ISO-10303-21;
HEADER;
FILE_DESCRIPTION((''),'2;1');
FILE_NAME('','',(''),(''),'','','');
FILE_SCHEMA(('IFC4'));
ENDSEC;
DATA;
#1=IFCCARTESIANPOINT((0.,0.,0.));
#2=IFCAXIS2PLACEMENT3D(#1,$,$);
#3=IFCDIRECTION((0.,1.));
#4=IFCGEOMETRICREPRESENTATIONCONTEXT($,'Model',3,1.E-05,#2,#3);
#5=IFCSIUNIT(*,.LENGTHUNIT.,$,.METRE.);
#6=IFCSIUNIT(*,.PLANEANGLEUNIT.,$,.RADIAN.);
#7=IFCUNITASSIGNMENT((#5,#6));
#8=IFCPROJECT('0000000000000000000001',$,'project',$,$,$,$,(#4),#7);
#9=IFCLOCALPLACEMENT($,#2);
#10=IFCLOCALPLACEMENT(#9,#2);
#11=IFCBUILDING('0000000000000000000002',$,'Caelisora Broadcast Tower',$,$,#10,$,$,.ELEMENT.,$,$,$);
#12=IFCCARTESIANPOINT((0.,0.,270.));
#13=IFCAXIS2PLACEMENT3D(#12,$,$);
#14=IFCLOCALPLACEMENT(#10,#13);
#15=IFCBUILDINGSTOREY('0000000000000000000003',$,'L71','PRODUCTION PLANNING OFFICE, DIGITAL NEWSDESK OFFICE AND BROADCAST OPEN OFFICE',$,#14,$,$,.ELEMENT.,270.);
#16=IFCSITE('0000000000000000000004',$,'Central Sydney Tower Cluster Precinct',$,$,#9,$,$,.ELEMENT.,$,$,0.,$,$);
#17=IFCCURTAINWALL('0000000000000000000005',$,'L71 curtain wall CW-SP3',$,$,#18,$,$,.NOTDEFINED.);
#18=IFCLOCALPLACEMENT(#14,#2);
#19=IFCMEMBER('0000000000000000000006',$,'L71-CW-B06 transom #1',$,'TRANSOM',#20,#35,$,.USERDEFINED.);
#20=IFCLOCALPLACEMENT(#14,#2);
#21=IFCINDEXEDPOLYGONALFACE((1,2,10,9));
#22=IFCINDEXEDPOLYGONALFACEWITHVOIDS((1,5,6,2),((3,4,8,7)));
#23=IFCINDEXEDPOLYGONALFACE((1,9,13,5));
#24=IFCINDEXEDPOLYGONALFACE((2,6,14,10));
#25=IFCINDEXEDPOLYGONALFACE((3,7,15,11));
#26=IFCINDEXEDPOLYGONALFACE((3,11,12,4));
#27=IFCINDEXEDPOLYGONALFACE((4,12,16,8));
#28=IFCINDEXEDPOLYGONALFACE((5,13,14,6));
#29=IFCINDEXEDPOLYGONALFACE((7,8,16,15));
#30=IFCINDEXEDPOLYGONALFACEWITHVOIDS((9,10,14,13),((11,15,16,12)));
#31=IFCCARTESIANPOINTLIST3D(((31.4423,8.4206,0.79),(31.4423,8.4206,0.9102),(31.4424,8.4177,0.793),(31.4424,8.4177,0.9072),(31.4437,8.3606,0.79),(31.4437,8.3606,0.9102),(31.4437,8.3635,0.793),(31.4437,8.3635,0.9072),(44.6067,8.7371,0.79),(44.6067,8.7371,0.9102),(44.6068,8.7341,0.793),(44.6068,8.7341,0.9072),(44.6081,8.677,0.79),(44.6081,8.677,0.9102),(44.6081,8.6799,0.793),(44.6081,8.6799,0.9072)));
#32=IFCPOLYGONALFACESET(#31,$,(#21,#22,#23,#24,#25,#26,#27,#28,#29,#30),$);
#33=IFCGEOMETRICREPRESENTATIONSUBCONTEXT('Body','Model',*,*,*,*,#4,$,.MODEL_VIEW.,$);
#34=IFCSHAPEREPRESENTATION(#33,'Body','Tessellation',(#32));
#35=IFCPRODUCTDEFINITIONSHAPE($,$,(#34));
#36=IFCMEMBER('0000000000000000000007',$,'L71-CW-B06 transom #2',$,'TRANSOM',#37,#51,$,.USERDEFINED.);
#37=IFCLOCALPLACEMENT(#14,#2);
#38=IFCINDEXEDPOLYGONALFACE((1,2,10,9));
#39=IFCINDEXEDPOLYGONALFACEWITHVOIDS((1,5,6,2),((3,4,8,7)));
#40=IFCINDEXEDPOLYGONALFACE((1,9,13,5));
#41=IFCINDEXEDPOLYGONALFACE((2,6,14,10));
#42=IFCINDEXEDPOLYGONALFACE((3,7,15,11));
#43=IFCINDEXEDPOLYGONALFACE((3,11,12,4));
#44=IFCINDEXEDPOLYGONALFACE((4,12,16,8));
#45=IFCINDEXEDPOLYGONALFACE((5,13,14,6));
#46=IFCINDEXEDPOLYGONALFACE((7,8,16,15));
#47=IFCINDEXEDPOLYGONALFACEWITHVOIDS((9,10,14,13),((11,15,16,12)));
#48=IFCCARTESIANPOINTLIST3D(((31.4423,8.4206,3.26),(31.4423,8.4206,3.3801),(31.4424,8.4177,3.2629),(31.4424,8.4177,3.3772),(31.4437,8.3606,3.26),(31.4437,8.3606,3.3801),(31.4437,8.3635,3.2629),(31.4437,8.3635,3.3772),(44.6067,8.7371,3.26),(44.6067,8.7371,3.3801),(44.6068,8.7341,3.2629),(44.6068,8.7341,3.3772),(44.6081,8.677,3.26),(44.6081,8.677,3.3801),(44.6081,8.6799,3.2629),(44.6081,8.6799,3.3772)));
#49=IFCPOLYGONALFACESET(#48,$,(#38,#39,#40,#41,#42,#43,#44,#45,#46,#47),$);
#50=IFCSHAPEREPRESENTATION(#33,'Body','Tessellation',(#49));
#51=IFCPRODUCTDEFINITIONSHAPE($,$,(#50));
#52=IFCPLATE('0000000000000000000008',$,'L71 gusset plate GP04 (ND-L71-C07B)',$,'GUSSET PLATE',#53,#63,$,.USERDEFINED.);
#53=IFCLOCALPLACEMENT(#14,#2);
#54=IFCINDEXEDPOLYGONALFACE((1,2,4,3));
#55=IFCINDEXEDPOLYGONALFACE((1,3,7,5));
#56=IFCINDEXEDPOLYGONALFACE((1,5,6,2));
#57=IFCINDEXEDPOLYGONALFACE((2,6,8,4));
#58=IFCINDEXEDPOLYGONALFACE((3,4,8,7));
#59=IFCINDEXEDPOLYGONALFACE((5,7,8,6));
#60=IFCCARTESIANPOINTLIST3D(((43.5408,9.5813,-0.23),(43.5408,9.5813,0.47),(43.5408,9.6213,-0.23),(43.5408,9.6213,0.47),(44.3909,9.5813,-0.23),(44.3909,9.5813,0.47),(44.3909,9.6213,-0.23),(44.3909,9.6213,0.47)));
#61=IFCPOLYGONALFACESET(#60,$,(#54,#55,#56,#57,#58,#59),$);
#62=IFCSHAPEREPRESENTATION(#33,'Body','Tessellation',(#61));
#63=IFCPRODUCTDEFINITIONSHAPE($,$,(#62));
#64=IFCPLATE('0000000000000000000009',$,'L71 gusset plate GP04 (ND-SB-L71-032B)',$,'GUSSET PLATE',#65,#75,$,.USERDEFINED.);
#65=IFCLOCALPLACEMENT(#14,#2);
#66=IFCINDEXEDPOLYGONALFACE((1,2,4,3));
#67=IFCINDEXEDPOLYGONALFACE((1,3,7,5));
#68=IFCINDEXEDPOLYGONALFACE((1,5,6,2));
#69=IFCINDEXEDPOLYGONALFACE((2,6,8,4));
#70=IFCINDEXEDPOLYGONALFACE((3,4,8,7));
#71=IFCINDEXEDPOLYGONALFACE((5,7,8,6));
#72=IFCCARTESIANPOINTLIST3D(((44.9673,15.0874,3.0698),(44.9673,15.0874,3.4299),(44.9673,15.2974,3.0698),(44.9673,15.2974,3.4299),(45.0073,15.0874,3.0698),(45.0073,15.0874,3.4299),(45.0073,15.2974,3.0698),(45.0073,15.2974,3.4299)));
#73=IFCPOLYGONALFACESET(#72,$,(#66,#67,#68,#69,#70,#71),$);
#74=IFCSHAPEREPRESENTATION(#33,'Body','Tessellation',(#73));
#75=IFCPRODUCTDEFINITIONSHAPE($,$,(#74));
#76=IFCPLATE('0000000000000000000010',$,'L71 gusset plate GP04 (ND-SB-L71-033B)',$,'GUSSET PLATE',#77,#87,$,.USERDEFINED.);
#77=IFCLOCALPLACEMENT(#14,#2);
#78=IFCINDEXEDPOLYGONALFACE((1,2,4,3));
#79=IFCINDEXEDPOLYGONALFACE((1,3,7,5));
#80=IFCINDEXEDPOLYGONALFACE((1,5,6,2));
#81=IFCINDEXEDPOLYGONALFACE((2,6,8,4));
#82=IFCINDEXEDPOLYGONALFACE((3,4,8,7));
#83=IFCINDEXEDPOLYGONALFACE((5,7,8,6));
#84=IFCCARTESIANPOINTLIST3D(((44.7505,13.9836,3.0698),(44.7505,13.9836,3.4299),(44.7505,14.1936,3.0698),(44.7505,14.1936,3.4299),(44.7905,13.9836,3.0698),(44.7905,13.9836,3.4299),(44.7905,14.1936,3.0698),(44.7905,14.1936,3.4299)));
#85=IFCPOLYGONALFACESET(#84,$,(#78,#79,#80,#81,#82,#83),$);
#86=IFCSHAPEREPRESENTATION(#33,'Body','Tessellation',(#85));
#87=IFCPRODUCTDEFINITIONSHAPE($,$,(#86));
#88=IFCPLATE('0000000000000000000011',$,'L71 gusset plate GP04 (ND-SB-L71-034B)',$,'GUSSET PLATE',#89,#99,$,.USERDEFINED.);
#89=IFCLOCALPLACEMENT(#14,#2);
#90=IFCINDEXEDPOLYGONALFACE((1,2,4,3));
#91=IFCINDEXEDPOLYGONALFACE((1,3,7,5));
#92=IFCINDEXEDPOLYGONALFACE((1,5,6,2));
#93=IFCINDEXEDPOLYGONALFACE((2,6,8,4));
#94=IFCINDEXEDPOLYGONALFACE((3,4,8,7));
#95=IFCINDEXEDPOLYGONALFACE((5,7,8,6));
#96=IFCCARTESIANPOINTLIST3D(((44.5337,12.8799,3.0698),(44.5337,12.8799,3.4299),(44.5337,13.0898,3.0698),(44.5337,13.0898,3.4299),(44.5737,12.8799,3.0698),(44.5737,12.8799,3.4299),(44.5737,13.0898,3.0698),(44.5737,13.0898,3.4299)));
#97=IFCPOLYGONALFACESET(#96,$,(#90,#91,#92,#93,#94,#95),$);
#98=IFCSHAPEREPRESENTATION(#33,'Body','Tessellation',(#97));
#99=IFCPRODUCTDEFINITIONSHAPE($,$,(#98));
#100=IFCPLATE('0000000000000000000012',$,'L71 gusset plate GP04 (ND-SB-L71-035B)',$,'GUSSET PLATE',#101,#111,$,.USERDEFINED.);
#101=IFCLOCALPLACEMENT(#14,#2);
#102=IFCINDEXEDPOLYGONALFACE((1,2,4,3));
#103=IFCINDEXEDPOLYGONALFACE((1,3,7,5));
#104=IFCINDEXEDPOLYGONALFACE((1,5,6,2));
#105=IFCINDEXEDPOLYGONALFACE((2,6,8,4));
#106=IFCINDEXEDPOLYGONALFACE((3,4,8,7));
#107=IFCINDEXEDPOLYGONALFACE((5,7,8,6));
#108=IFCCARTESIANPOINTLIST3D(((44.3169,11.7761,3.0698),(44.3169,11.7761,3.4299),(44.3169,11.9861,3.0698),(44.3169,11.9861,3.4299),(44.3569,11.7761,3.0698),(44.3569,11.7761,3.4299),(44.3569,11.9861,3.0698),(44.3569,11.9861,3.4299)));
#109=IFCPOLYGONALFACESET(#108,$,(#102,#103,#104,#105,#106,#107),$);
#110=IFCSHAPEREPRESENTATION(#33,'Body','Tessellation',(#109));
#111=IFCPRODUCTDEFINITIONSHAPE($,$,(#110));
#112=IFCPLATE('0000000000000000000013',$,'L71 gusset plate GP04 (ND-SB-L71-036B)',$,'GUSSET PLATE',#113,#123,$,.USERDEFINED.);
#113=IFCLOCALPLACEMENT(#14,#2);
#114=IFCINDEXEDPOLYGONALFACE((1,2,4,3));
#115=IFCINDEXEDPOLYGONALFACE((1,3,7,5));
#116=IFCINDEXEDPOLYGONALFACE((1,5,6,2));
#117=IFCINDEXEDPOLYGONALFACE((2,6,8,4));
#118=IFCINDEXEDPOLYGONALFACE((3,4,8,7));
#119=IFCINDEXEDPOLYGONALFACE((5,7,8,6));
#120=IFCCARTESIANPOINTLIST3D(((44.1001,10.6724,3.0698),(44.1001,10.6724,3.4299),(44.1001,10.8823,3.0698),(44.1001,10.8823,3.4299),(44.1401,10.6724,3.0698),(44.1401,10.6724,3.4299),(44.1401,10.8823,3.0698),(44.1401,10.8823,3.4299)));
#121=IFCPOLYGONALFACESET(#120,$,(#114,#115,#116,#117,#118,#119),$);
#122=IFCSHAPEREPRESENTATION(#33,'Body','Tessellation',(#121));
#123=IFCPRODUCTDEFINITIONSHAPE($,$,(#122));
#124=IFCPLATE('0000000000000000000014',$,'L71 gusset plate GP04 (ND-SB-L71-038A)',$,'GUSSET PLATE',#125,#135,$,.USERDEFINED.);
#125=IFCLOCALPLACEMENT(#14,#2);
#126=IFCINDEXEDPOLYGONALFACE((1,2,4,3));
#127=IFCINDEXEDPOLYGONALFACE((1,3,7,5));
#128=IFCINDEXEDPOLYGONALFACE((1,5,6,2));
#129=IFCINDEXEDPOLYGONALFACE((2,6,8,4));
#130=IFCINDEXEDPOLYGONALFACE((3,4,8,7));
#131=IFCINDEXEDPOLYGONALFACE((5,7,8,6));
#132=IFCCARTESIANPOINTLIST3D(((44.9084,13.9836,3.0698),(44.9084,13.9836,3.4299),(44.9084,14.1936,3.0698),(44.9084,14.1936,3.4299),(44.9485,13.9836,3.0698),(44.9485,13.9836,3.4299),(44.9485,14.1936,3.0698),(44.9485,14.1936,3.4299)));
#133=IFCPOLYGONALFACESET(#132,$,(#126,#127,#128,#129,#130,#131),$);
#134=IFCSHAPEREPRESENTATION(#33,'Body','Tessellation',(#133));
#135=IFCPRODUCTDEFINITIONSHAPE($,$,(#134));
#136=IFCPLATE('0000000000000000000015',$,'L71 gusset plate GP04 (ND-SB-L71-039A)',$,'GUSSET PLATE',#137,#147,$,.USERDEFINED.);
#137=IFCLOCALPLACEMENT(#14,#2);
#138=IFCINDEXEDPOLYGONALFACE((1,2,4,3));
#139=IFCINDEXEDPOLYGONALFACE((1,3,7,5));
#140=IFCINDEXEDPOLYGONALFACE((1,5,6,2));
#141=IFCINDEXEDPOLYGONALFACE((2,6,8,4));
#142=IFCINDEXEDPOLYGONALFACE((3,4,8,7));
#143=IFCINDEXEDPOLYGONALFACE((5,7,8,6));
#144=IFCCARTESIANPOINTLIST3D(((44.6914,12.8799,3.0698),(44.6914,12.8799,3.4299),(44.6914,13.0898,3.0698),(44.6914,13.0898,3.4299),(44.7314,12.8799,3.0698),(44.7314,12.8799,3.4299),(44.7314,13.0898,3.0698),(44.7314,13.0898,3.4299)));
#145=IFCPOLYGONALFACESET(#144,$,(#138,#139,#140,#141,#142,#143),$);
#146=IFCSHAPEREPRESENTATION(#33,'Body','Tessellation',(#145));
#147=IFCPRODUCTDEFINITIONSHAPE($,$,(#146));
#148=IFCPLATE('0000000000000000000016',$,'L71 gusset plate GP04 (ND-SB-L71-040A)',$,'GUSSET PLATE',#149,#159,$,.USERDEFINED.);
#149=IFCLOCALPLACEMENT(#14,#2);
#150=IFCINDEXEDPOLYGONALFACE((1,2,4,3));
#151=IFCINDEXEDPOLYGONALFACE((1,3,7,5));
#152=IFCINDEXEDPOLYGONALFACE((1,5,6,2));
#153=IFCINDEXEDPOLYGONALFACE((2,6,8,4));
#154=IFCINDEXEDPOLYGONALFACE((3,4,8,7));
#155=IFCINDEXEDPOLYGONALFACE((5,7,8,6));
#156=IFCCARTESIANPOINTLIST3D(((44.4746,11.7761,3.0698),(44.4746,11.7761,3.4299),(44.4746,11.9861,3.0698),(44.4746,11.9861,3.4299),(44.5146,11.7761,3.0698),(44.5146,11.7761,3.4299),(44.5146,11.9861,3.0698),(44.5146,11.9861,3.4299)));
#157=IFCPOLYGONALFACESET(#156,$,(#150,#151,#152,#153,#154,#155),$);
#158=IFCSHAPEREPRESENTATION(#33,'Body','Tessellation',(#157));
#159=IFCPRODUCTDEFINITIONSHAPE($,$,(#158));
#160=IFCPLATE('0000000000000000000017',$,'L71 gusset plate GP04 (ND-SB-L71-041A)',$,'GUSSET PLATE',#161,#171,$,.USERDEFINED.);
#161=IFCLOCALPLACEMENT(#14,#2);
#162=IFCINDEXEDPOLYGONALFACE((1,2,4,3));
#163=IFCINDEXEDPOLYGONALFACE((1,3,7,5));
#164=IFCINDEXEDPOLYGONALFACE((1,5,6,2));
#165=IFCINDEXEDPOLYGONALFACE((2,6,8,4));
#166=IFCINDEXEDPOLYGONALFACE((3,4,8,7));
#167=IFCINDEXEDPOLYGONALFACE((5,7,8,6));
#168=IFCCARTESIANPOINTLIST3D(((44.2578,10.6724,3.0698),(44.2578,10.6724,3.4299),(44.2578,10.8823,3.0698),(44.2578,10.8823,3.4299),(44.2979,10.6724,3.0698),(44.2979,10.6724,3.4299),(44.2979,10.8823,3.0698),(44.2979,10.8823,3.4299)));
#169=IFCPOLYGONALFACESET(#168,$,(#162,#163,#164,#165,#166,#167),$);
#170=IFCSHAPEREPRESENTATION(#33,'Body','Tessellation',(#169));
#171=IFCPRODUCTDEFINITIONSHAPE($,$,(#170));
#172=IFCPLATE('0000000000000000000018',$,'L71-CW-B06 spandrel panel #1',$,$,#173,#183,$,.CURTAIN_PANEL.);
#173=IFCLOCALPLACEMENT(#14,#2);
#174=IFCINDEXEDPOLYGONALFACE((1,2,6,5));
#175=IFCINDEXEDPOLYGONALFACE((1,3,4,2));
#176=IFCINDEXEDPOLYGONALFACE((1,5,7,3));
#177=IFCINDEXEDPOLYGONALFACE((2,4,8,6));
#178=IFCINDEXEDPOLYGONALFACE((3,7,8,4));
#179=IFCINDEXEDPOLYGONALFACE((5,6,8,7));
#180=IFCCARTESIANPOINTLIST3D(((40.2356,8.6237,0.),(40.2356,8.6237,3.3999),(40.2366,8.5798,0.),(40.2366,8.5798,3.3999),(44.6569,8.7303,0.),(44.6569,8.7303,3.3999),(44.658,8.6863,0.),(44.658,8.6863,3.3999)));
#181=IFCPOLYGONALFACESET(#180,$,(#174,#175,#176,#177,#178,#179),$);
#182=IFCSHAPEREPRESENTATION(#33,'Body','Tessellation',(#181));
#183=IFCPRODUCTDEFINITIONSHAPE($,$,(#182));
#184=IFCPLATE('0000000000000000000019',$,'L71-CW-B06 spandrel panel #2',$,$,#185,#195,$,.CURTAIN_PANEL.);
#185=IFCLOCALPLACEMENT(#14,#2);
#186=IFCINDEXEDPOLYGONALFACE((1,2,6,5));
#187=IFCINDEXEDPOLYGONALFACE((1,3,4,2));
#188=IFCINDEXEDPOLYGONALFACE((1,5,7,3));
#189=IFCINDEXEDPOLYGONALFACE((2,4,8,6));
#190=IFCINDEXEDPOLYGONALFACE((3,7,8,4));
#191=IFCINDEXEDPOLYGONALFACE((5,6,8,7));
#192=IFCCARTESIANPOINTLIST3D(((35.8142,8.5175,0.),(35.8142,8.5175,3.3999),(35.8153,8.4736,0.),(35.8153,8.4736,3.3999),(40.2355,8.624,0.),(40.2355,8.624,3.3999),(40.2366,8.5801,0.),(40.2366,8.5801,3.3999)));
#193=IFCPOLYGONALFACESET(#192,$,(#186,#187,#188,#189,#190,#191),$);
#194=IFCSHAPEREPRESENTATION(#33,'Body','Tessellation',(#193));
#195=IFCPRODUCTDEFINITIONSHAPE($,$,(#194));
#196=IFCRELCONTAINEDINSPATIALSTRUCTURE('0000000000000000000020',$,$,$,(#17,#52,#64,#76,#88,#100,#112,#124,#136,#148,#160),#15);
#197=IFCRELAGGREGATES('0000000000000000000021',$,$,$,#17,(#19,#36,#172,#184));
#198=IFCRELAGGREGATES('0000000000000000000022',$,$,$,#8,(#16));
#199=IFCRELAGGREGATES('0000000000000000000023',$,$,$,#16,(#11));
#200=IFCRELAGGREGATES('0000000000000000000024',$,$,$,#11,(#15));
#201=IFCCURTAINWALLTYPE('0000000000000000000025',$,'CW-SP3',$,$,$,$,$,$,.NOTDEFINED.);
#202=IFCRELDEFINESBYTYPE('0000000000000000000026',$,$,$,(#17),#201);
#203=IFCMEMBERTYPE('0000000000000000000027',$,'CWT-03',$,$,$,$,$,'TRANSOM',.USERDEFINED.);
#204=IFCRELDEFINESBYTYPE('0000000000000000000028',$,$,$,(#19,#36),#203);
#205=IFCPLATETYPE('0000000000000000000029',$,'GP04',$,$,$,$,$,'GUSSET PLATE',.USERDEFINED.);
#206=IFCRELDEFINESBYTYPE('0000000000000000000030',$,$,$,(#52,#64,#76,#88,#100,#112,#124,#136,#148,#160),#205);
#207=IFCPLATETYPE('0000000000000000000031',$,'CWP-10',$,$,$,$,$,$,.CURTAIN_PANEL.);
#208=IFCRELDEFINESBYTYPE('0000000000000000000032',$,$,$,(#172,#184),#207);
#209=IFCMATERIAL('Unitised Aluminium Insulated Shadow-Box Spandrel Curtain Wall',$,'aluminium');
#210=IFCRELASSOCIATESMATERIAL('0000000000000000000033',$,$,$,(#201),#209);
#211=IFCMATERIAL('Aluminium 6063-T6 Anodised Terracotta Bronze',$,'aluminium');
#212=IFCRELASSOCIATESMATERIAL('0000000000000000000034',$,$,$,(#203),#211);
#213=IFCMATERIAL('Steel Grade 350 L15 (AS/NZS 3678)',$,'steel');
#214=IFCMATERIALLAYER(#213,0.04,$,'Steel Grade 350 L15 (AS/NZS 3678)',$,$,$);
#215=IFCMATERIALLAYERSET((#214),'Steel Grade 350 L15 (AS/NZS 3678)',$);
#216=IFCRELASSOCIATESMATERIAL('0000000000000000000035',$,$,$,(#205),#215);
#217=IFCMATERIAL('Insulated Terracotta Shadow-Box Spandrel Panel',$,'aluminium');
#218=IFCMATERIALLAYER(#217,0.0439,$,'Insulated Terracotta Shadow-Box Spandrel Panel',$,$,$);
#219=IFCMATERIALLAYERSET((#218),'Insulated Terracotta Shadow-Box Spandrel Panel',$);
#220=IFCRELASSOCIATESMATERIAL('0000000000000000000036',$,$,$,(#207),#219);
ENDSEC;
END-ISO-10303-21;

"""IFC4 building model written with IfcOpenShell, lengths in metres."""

from ifc_helpers import new_model, si_unit, direction, frame, origin, origin_2d, place, context, subcontext, project, spatial, rectangle, hollow_rectangle, extrude, source, transform, mapped, material, layer, layer_set, material_profile, profile_set, type_object, type_shapes, element, aggregate, save


model = new_model("IFC4")

# Units and contexts
model_context = context("Model", 3, precision=1e-05, world=origin(), true_north=direction((0.0, 1.0)))
body_context = subcontext(model_context, "Body", "Model", "MODEL_VIEW")
ifc_project = project(units=[si_unit("LENGTHUNIT", "METRE"), si_unit("PLANEANGLEUNIT", "RADIAN")], contexts=[model_context])

# Site, building, storey
site_placement = place(None, origin())
site = spatial("IfcSite", under=ifc_project, at=site_placement, Name="Central Sydney Tower Cluster Precinct", CompositionType="ELEMENT", RefElevation=0.0)
building_placement = place(site_placement, origin())
building = spatial("IfcBuilding", under=site, at=building_placement, Name="Caelisora Broadcast Tower", CompositionType="ELEMENT")
storey_placement = place(building_placement, frame((0.0, 0.0, 270.0)))
storey = spatial("IfcBuildingStorey", under=building, at=storey_placement, Name="L71", Description="PRODUCTION PLANNING OFFICE, DIGITAL NEWSDESK OFFICE AND BROADCAST OPEN OFFICE", CompositionType="ELEMENT", Elevation=270.0)

# Shared definitions
ifc_material_1 = material(Name="Steel Grade 350 L15 (AS/NZS 3678)", Category="steel")

# Shared definitions
ifc_material_2 = material(Name="Aluminium 6063-T6 Anodised Terracotta Bronze", Category="aluminium")

# Curtain wall, members
ifc_material_3 = material(Name="Unitised Aluminium Insulated Shadow-Box Spandrel Curtain Wall", Category="aluminium")
curtain_wall_type_1 = type_object("IfcCurtainWallType", Name="CW-SP3", PredefinedType="NOTDEFINED", material=ifc_material_3)
curtain_wall_1_placement = place(storey_placement, origin())
curtain_wall_1 = element("IfcCurtainWall", 1, at=curtain_wall_1_placement, inside=storey, type_object=curtain_wall_type_1, Name="L71 curtain wall CW-SP3", PredefinedType="NOTDEFINED")
ifc_material_profile_1 = material_profile(ifc_material_2, hollow_rectangle(XDim=0.0601, YDim=0.1201, WallThickness=0.0029, at=origin_2d()), Name="Aluminium 6063-T6 Anodised Terracotta Bronze")
ifc_profile_set_1 = profile_set([ifc_material_profile_1], Name="Aluminium 6063-T6 Anodised Terracotta Bronze")
member_type_1 = type_object("IfcMemberType", Name="CWT-03", ElementType="TRANSOM", PredefinedType="USERDEFINED", material=ifc_profile_set_1)
shared_shape_1 = source(origin(), body_context, "Body", "SweptSolid", [
    extrude(hollow_rectangle(XDim=0.0601, YDim=0.1201, WallThickness=0.0029, at=origin_2d()), origin(), (0.0, 0.0, 1.0), 13.1682),
])
type_shapes(member_type_1, [shared_shape_1])
member_1_placement = place(storey_placement, frame((44.6074, 8.707, 0.8501), z_axis=(-0.999711, -0.024028, 0.0), x_axis=(0.024028, -0.999711, 0.0)))
member_1 = element("IfcMember", 2, at=member_1_placement, type_object=member_type_1, Name="L71-CW-B06 transom #1", ObjectType="TRANSOM", PredefinedType="USERDEFINED", context=body_context, shape_type="MappedRepresentation", body=[
    mapped(shared_shape_1, transform((0.0, 0.0, 0.0), scale=1.0)),
])
member_2_placement = place(storey_placement, frame((44.6074, 8.707, 3.3201), z_axis=(-0.999711, -0.024028, 0.0), x_axis=(0.024028, -0.999711, 0.0)))
member_2 = element("IfcMember", 3, at=member_2_placement, type_object=member_type_1, Name="L71-CW-B06 transom #2", ObjectType="TRANSOM", PredefinedType="USERDEFINED", context=body_context, shape_type="MappedRepresentation", body=[
    mapped(shared_shape_1, transform((0.0, 0.0, 0.0), scale=1.0)),
])

# Plates
ifc_layer_1 = layer(ifc_material_1, 0.04, Name="Steel Grade 350 L15 (AS/NZS 3678)")
ifc_layer_set_1 = layer_set([ifc_layer_1], Name="Steel Grade 350 L15 (AS/NZS 3678)")
plate_type_1 = type_object("IfcPlateType", Name="GP04", ElementType="GUSSET PLATE", PredefinedType="USERDEFINED", material=ifc_layer_set_1)
shared_shape_2 = source(origin(), body_context, "Body", "SweptSolid", [
    extrude(rectangle(XDim=0.8501, YDim=0.04, at=origin_2d()), origin(), (0.0, 0.0, 1.0), 0.7),
])
plate_1_placement = place(storey_placement, frame((43.9658, 9.6013, -0.23), z_axis=(0.0, 0.0, 1.0), x_axis=(1.0, 0.0, 0.0)))
element("IfcPlate", 4, at=plate_1_placement, inside=storey, type_object=plate_type_1, Name="L71 gusset plate GP04 (ND-L71-C07B)", ObjectType="GUSSET PLATE", PredefinedType="USERDEFINED", context=body_context, shape_type="MappedRepresentation", body=[
    mapped(shared_shape_2, transform((0.0, 0.0, 0.0), scale=1.0)),
])
shared_shape_3 = source(origin(), body_context, "Body", "SweptSolid", [
    extrude(rectangle(XDim=0.21, YDim=0.04, at=origin_2d()), origin(), (0.0, 0.0, 1.0), 0.3601),
])
type_shapes(plate_type_1, [shared_shape_2, shared_shape_3])
for number, where, z_axis, x_axis, name in (
    (5, (44.9873, 15.1924, 3.0698), (0.0, 0.0, 1.0), (0.0, 1.0, 0.0), "L71 gusset plate GP04 (ND-SB-L71-032B)"),
    (6, (44.7705, 14.0886, 3.0698), (0.0, 0.0, 1.0), (0.0, 1.0, 0.0), "L71 gusset plate GP04 (ND-SB-L71-033B)"),
    (7, (44.5537, 12.9849, 3.0698), (0.0, 0.0, 1.0), (0.0, 1.0, 0.0), "L71 gusset plate GP04 (ND-SB-L71-034B)"),
    (8, (44.3369, 11.8811, 3.0698), (0.0, 0.0, 1.0), (0.0, 1.0, 0.0), "L71 gusset plate GP04 (ND-SB-L71-035B)"),
    (9, (44.1201, 10.7773, 3.0698), (0.0, 0.0, 1.0), (0.0, 1.0, 0.0), "L71 gusset plate GP04 (ND-SB-L71-036B)"),
    (10, (44.9285, 14.0886, 3.0698), (0.0, 0.0, 1.0), (0.0, 1.0, 0.0), "L71 gusset plate GP04 (ND-SB-L71-038A)"),
    (11, (44.7114, 12.9849, 3.0698), (0.0, 0.0, 1.0), (0.0, 1.0, 0.0), "L71 gusset plate GP04 (ND-SB-L71-039A)"),
    (12, (44.4946, 11.8811, 3.0698), (0.0, 0.0, 1.0), (0.0, 1.0, 0.0), "L71 gusset plate GP04 (ND-SB-L71-040A)"),
    (13, (44.2778, 10.7773, 3.0698), (0.0, 0.0, 1.0), (0.0, 1.0, 0.0), "L71 gusset plate GP04 (ND-SB-L71-041A)"),
):
    element("IfcPlate", number, at=place(storey_placement, frame(where, z_axis=z_axis, x_axis=x_axis)), inside=storey, type_object=plate_type_1, Name=name, ObjectType="GUSSET PLATE", PredefinedType="USERDEFINED", context=body_context, shape_type="MappedRepresentation", body=[
        mapped(shared_shape_3, transform((0.0, 0.0, 0.0), scale=1.0)),
    ])

# Plates
ifc_material_4 = material(Name="Insulated Terracotta Shadow-Box Spandrel Panel", Category="aluminium")
ifc_layer_2 = layer(ifc_material_4, 0.0439, Name="Insulated Terracotta Shadow-Box Spandrel Panel")
ifc_layer_set_2 = layer_set([ifc_layer_2], Name="Insulated Terracotta Shadow-Box Spandrel Panel")
plate_type_2 = type_object("IfcPlateType", Name="CWP-10", PredefinedType="CURTAIN_PANEL", material=ifc_layer_set_2)
shared_shape_4 = source(origin(), body_context, "Body", "SweptSolid", [
    extrude(rectangle(XDim=4.4226, YDim=0.0439, at=origin_2d()), origin(), (0.0, 0.0, 1.0), 3.3999),
])
type_shapes(plate_type_2, [shared_shape_4])
plate_2_placement = place(storey_placement, frame((42.4468, 8.655, 0.0), z_axis=(0.0, 0.0, 1.0), x_axis=(-0.99971, -0.024083, 0.0)))
plate_2 = element("IfcPlate", 14, at=plate_2_placement, type_object=plate_type_2, Name="L71-CW-B06 spandrel panel #1", PredefinedType="CURTAIN_PANEL", context=body_context, shape_type="MappedRepresentation", body=[
    mapped(shared_shape_4, transform((0.0, 0.0, 0.0), scale=1.0)),
])
plate_3_placement = place(storey_placement, frame((38.0254, 8.5488, 0.0), z_axis=(0.0, 0.0, 1.0), x_axis=(-0.99971, -0.024083, 0.0)))
plate_3 = element("IfcPlate", 15, at=plate_3_placement, type_object=plate_type_2, Name="L71-CW-B06 spandrel panel #2", PredefinedType="CURTAIN_PANEL", context=body_context, shape_type="MappedRepresentation", body=[
    mapped(shared_shape_4, transform((0.0, 0.0, 0.0), scale=1.0)),
])
aggregate(curtain_wall_1, [member_1, member_2, plate_2, plate_3])

save(model, "model.ifc")
